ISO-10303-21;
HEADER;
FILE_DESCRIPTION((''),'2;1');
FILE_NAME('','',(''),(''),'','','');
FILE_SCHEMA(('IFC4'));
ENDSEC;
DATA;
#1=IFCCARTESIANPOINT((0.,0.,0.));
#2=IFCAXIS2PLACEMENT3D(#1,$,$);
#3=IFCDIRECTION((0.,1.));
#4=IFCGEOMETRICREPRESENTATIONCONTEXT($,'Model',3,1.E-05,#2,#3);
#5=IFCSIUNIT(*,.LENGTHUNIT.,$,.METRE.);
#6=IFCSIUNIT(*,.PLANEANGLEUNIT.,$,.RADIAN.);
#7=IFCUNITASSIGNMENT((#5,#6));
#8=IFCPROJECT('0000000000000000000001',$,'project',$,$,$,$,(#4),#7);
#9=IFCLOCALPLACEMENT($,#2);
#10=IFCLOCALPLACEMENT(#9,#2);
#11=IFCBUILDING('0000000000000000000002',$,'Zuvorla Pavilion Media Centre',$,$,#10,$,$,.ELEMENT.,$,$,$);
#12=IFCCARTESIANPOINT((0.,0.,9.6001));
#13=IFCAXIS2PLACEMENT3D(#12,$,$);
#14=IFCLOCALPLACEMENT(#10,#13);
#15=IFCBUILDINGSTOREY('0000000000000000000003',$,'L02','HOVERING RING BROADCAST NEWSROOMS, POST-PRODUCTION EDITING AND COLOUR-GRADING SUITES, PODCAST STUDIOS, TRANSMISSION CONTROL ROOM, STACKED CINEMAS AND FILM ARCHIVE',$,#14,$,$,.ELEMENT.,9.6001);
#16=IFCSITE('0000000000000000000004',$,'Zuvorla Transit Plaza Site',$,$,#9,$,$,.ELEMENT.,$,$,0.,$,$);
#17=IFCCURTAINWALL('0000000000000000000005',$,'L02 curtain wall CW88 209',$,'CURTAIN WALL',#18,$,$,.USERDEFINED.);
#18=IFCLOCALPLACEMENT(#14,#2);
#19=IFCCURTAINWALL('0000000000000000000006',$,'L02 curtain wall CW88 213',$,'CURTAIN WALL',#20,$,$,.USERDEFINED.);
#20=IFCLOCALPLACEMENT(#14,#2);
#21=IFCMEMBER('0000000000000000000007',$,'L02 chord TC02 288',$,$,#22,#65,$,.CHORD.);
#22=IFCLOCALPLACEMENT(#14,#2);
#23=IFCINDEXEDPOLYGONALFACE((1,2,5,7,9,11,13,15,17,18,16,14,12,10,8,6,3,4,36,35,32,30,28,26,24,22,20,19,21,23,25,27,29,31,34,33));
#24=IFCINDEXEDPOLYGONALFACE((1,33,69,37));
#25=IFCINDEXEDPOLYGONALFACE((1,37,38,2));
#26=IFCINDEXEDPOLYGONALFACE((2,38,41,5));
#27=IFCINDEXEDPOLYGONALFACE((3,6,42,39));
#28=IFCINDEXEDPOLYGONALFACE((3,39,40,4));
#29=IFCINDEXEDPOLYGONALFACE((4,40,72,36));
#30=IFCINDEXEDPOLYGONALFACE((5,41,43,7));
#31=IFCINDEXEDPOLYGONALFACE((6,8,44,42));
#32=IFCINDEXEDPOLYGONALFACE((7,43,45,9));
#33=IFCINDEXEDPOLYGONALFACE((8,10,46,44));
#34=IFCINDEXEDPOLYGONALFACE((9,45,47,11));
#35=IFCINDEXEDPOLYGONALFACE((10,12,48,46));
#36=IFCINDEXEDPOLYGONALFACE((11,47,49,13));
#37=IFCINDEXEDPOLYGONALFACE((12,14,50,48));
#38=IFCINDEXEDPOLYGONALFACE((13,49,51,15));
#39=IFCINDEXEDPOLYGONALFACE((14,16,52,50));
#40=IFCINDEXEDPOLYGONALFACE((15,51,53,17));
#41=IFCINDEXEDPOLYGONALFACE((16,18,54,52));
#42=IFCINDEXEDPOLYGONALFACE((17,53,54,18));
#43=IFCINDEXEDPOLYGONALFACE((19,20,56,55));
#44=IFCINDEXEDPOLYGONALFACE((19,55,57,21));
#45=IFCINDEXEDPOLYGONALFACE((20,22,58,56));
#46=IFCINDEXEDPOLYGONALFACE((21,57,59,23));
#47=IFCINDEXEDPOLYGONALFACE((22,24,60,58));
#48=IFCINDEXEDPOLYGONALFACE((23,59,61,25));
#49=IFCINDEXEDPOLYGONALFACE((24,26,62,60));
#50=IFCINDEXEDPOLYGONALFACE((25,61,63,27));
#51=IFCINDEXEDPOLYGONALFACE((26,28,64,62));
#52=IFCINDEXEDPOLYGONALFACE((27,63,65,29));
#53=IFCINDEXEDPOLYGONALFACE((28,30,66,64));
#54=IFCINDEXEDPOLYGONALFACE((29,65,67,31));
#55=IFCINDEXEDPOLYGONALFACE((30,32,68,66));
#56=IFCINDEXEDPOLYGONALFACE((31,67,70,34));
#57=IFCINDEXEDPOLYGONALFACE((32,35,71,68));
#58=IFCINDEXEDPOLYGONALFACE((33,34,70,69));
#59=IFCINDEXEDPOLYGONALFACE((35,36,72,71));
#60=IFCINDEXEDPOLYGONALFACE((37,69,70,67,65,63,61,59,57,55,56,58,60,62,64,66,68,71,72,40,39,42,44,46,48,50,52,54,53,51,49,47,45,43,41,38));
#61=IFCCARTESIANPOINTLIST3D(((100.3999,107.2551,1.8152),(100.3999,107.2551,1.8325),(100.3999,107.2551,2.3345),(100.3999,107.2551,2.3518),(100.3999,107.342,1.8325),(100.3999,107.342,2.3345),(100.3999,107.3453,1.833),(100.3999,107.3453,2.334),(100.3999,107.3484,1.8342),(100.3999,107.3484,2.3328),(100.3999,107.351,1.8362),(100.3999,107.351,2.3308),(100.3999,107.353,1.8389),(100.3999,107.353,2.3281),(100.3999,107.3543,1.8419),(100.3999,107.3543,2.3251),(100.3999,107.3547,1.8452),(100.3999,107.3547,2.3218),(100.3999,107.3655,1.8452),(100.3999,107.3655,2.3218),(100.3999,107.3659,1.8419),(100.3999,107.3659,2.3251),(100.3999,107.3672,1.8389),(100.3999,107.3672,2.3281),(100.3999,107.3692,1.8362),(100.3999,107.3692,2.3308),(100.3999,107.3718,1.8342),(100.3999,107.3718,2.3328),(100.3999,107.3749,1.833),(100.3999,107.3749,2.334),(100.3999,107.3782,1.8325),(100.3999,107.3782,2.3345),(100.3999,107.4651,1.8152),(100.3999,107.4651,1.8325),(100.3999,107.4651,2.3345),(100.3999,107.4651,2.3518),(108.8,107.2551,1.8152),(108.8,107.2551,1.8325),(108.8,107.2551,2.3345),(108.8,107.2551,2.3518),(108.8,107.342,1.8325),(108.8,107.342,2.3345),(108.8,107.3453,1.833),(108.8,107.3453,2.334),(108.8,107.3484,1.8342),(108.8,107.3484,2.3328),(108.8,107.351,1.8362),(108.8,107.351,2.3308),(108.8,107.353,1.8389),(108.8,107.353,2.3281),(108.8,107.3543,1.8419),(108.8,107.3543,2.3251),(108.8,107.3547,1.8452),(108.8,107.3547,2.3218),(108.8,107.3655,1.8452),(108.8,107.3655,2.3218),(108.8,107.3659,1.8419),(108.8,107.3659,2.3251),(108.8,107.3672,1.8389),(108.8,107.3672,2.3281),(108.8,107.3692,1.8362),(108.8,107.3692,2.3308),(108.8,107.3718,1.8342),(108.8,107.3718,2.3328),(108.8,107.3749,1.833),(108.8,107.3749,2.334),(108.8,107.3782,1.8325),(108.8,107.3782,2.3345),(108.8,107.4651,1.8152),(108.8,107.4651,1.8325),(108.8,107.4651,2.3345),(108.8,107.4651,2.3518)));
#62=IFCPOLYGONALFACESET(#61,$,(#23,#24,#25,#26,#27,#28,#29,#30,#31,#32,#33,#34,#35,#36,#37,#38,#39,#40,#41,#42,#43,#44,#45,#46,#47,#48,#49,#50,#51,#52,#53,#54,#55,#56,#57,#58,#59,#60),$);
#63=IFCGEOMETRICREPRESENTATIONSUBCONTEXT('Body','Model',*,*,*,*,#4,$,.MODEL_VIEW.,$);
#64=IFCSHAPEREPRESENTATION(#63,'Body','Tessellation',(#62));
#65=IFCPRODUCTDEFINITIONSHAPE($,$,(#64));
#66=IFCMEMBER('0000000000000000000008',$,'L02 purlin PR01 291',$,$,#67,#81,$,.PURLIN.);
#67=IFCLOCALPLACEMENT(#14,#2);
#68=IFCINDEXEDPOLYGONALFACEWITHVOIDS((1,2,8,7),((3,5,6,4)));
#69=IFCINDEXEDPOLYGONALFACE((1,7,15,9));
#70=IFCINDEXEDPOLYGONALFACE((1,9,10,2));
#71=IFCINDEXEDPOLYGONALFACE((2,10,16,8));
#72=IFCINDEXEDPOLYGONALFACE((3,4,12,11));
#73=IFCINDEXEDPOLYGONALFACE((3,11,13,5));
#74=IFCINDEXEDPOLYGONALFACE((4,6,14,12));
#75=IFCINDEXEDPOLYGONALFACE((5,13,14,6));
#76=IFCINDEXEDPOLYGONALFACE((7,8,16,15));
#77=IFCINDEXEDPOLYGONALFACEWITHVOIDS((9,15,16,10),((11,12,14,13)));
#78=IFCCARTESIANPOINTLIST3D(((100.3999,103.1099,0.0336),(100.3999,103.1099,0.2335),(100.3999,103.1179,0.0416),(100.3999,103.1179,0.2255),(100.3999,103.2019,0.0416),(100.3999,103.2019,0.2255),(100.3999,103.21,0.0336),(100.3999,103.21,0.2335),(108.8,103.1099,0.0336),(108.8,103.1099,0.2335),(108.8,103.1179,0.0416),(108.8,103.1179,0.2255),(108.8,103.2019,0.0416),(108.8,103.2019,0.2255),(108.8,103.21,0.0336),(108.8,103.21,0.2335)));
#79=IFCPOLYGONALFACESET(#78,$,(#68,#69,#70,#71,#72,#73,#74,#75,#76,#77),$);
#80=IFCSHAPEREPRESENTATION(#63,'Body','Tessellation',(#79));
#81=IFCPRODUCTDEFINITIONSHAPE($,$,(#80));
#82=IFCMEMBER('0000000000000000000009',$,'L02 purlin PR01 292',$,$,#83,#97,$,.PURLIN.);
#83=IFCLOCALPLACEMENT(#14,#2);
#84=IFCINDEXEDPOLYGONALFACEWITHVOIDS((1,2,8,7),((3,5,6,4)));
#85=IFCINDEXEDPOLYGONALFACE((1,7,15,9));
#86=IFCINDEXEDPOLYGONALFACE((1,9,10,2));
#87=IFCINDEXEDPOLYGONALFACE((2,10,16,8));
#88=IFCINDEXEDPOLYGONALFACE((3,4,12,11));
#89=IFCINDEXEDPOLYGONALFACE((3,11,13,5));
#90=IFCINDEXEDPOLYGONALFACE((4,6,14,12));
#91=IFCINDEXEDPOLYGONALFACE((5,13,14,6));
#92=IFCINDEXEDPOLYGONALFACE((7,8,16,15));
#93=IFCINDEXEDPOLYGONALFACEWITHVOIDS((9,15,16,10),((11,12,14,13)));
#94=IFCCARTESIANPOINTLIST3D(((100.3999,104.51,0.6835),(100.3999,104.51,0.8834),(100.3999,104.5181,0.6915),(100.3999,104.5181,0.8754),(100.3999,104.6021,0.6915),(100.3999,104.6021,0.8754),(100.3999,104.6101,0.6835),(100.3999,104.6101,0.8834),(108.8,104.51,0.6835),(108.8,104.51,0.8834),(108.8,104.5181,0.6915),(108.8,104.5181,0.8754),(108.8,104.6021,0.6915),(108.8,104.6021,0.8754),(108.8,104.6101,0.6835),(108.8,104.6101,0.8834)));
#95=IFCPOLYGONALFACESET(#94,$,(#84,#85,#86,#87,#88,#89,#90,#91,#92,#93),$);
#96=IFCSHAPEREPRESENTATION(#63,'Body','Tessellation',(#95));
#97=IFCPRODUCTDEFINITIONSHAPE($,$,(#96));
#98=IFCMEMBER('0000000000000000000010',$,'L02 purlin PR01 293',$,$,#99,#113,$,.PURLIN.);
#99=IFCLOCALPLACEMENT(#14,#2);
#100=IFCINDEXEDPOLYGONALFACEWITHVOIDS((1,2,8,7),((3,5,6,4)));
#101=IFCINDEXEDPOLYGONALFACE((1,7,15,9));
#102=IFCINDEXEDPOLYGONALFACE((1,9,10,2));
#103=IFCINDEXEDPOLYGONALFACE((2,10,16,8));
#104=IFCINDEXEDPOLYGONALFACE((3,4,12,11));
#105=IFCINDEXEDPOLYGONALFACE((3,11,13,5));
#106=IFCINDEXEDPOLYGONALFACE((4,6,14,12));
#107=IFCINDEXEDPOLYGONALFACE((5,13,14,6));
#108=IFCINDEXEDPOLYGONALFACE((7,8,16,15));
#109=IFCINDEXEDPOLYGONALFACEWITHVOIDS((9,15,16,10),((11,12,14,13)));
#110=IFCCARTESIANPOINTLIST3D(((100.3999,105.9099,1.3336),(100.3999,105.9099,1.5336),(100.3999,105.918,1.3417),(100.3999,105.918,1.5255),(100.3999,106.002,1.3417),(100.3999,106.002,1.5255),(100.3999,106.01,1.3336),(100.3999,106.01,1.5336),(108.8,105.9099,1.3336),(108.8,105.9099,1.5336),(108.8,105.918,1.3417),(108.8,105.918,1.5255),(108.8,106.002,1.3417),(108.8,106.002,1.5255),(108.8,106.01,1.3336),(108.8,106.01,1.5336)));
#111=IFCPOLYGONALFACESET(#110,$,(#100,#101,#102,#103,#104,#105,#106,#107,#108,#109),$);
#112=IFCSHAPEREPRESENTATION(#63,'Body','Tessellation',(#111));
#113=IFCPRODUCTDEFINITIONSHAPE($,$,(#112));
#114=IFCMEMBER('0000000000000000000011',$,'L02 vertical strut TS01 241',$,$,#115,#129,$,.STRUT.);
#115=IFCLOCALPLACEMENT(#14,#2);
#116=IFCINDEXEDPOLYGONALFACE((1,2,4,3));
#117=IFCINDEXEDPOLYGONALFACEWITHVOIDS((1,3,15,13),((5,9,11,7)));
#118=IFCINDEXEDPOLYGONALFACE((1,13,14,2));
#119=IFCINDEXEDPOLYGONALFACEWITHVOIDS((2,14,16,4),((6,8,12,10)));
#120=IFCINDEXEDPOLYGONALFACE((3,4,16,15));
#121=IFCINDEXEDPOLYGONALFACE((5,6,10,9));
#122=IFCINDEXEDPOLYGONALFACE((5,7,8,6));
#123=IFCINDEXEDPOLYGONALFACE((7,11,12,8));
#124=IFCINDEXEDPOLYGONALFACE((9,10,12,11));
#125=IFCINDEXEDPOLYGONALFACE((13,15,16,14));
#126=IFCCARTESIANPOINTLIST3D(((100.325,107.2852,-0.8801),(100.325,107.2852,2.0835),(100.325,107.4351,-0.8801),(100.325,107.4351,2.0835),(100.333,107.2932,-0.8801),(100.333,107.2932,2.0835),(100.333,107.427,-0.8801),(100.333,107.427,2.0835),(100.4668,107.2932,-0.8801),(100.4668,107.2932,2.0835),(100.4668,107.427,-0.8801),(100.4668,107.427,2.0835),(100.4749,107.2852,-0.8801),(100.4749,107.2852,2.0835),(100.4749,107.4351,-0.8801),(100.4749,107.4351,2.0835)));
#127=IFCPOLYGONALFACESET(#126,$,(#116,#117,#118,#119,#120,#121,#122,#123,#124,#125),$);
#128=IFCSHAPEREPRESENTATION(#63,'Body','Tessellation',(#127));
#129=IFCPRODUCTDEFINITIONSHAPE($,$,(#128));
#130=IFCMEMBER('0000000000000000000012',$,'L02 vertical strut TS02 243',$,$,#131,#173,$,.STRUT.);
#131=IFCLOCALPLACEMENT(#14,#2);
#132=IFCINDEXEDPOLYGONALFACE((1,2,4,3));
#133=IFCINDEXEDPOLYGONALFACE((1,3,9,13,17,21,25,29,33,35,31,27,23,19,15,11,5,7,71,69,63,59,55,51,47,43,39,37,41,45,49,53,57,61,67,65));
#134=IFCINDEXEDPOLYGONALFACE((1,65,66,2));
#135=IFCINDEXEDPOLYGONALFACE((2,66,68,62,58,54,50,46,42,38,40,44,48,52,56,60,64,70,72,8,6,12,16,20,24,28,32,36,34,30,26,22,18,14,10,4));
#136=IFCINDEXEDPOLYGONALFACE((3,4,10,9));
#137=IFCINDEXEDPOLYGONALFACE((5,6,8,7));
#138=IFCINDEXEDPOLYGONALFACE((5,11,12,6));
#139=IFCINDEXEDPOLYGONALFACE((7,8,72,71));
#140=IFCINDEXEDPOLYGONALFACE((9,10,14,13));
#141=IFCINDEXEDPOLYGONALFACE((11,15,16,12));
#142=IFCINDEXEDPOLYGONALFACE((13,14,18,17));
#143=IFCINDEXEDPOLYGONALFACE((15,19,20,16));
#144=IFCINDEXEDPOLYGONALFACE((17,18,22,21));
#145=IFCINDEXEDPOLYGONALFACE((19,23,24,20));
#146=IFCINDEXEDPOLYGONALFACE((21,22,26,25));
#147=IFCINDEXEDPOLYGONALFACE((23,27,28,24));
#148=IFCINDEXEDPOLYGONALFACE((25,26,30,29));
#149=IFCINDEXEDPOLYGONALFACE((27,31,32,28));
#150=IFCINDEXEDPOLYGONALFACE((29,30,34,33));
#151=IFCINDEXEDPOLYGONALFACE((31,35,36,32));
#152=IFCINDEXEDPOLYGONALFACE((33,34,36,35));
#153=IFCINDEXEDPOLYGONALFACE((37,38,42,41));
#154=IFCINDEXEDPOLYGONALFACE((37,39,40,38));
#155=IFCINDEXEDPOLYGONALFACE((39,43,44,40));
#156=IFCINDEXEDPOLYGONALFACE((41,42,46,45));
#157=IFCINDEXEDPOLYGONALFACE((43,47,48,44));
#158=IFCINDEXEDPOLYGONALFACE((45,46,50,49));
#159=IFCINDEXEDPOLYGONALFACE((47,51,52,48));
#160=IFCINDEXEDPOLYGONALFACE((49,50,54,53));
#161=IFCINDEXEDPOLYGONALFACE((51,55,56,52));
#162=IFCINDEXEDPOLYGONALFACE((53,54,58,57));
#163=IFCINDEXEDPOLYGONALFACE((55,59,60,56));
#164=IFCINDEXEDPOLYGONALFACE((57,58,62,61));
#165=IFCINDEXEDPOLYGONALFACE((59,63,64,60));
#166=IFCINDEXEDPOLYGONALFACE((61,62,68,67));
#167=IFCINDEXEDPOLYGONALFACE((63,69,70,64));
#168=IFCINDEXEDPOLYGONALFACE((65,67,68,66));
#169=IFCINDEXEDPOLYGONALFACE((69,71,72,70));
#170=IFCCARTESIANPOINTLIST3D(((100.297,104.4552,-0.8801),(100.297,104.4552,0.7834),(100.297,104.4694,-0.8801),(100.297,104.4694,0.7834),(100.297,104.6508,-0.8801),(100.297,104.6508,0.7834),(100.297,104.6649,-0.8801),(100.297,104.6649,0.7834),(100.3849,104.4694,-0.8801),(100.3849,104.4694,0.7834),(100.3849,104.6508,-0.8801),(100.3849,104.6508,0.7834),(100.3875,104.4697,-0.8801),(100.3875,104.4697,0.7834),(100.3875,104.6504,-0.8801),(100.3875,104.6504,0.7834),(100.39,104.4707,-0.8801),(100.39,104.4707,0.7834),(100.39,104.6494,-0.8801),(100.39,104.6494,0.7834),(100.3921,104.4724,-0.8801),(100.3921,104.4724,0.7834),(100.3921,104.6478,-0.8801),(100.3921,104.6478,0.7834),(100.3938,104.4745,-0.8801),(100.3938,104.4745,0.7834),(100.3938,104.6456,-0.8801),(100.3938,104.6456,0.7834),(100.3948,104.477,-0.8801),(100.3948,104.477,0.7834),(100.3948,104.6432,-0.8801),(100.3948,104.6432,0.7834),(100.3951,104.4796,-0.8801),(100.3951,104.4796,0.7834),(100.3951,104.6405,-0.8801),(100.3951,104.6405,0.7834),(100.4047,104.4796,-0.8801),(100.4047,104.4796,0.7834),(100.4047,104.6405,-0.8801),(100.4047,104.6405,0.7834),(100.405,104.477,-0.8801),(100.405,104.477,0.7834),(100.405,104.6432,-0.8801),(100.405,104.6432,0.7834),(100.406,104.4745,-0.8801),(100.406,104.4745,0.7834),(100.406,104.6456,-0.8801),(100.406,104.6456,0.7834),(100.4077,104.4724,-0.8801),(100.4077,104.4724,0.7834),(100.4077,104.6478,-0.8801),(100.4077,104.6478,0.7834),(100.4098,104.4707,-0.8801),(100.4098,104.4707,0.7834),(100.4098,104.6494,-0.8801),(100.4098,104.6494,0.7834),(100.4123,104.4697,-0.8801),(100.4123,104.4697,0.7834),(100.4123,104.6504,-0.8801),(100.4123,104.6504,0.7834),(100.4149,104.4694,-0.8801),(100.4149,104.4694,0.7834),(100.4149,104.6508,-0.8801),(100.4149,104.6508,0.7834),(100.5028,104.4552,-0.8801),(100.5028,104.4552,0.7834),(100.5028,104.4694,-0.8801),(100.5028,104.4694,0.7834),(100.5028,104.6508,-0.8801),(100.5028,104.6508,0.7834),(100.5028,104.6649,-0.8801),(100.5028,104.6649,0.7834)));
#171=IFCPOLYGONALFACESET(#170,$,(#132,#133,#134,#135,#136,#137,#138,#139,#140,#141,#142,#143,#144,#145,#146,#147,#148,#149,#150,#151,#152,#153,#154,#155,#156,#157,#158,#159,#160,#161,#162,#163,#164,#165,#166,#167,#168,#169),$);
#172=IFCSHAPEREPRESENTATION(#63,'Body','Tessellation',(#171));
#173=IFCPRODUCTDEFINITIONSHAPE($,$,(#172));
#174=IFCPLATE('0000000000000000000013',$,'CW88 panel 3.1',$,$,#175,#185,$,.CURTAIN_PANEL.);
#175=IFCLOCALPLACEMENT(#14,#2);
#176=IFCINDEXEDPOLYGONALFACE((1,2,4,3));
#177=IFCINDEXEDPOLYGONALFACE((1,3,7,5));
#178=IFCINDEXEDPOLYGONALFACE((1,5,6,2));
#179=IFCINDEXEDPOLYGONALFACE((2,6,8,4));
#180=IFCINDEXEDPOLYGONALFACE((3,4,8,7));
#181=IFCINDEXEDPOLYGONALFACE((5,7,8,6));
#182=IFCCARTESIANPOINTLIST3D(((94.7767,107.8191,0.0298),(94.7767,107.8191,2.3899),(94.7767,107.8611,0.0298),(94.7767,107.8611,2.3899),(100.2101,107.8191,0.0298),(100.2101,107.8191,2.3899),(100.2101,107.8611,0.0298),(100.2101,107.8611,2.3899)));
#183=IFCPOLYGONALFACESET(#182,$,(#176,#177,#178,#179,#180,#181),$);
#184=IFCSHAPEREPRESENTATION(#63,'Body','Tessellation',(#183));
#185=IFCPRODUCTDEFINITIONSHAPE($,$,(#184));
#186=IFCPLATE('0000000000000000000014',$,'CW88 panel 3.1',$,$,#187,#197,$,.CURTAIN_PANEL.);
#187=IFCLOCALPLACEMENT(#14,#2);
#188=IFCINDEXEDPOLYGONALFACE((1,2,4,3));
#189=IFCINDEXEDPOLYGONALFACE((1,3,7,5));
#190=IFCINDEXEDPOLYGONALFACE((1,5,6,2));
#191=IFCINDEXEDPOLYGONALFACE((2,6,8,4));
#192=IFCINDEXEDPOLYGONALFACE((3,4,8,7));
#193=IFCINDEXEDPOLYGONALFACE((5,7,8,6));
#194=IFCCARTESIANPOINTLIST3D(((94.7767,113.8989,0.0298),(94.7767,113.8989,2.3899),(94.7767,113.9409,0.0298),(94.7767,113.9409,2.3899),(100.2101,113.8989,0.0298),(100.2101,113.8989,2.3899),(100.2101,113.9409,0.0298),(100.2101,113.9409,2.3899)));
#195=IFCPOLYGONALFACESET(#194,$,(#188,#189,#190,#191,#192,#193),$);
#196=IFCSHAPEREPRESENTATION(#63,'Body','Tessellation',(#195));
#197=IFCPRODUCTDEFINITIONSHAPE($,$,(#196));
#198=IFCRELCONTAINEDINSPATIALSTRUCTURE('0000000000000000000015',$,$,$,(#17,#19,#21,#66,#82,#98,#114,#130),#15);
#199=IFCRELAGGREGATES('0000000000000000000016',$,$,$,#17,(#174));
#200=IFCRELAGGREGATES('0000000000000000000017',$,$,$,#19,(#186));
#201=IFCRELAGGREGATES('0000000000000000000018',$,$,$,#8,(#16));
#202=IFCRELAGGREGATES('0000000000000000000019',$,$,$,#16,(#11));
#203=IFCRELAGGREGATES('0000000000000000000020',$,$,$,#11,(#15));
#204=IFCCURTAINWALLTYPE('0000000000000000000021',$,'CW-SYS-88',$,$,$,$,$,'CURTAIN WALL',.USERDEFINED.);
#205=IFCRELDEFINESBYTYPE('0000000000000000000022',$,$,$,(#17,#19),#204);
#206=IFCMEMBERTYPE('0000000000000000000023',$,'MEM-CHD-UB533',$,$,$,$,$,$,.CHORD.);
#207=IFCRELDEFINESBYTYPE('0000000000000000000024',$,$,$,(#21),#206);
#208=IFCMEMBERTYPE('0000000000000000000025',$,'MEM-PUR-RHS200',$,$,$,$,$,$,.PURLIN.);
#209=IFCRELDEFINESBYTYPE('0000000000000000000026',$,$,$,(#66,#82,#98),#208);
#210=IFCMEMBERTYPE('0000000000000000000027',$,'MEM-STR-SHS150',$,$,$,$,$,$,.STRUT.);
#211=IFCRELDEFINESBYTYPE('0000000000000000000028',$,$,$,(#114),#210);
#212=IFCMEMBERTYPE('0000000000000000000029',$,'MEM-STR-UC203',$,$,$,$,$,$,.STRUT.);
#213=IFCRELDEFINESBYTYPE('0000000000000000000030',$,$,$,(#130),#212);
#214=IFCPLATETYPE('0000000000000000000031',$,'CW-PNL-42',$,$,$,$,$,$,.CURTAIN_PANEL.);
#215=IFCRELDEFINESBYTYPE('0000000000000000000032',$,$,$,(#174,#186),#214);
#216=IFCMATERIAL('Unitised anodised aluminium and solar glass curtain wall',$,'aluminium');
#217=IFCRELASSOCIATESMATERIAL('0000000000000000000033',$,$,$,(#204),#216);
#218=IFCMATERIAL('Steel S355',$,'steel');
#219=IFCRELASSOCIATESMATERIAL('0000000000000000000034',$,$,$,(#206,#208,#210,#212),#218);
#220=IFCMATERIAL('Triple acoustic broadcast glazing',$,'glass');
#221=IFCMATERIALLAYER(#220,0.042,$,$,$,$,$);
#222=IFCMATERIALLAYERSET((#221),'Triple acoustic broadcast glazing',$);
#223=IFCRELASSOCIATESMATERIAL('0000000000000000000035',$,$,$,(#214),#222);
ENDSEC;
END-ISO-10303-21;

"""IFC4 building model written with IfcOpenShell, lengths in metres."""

from ifc_helpers import new_model, si_unit, direction, frame, origin, origin_2d, place, context, subcontext, project, spatial, rectangle, hollow_rectangle, i_section, extrude, material, layer, layer_set, material_profile, profile_set, type_object, element, aggregate, save


model = new_model("IFC4")

# Units and contexts
model_context = context("Model", 3, precision=1e-05, world=origin(), true_north=direction((0.0, 1.0)))
body_context = subcontext(model_context, "Body", "Model", "MODEL_VIEW")
ifc_project = project(units=[si_unit("LENGTHUNIT", "METRE"), si_unit("PLANEANGLEUNIT", "RADIAN")], contexts=[model_context])

# Site, building, storey
site_placement = place(None, origin())
site = spatial("IfcSite", under=ifc_project, at=site_placement, Name="Zuvorla Transit Plaza Site", CompositionType="ELEMENT", RefElevation=0.0)
building_placement = place(site_placement, origin())
building = spatial("IfcBuilding", under=site, at=building_placement, Name="Zuvorla Pavilion Media Centre", CompositionType="ELEMENT")
storey_placement = place(building_placement, frame((0.0, 0.0, 9.6001)))
storey = spatial("IfcBuildingStorey", under=building, at=storey_placement, Name="L02", Description="HOVERING RING BROADCAST NEWSROOMS, POST-PRODUCTION EDITING AND COLOUR-GRADING SUITES, PODCAST STUDIOS, TRANSMISSION CONTROL ROOM, STACKED CINEMAS AND FILM ARCHIVE", CompositionType="ELEMENT", Elevation=9.6001)

# Shared definitions
ifc_material_1 = material(Name="Steel S355", Category="steel")

# Curtain walls
ifc_material_2 = material(Name="Unitised anodised aluminium and solar glass curtain wall", Category="aluminium")
curtain_wall_type = type_object("IfcCurtainWallType", Name="CW-SYS-88", ElementType="CURTAIN WALL", PredefinedType="USERDEFINED", material=ifc_material_2)
curtain_wall_1_placement = place(storey_placement, origin())
curtain_wall_1 = element("IfcCurtainWall", 1, at=curtain_wall_1_placement, inside=storey, type_object=curtain_wall_type, Name="L02 curtain wall CW88 209", ObjectType="CURTAIN WALL", PredefinedType="USERDEFINED")
curtain_wall_2_placement = place(storey_placement, origin())
curtain_wall_2 = element("IfcCurtainWall", 2, at=curtain_wall_2_placement, inside=storey, type_object=curtain_wall_type, Name="L02 curtain wall CW88 213", ObjectType="CURTAIN WALL", PredefinedType="USERDEFINED")

# Members
ifc_material_profile_1 = material_profile(ifc_material_1, i_section(OverallWidth=0.21, OverallDepth=0.5366, WebThickness=0.0107, FlangeThickness=0.0173, FilletRadius=0.0127, at=origin_2d()), Name="UB 533x210x101")
ifc_profile_set_1 = profile_set([ifc_material_profile_1], Name="Steel S355")
member_type_1 = type_object("IfcMemberType", Name="MEM-CHD-UB533", PredefinedType="CHORD", material=ifc_profile_set_1)
member_1_placement = place(storey_placement, frame((100.3999, 107.3601, 2.0835), z_axis=(1.0, 0.0, 0.0), x_axis=(0.0, 1.0, 0.0)))
element("IfcMember", 3, at=member_1_placement, inside=storey, type_object=member_type_1, Name="L02 chord TC02 288", PredefinedType="CHORD", context=body_context, shape_type="SweptSolid", body=[
    extrude(i_section(OverallWidth=0.21, OverallDepth=0.5366, WebThickness=0.0107, FlangeThickness=0.0173, FilletRadius=0.0127, at=origin_2d()), origin(), (0.0, 0.0, 1.0), 8.4001),
])
ifc_material_profile_2 = material_profile(ifc_material_1, hollow_rectangle(XDim=0.1001, YDim=0.2, WallThickness=0.0081, at=origin_2d()), Name="RHS 200x100x8")
ifc_profile_set_2 = profile_set([ifc_material_profile_2], Name="Steel S355")
member_type_2 = type_object("IfcMemberType", Name="MEM-PUR-RHS200", PredefinedType="PURLIN", material=ifc_profile_set_2)
for number, where, z_axis, x_axis, name in (
    (4, (100.3999, 103.1599, 0.1335), (1.0, 0.0, 0.0), (0.0, 1.0, 0.0), "L02 purlin PR01 291"),
    (5, (100.3999, 104.5601, 0.7834), (1.0, 0.0, 0.0), (0.0, 1.0, 0.0), "L02 purlin PR01 292"),
    (6, (100.3999, 105.96, 1.4336), (1.0, 0.0, 0.0), (0.0, 1.0, 0.0), "L02 purlin PR01 293"),
):
    element("IfcMember", number, at=place(storey_placement, frame(where, z_axis=z_axis, x_axis=x_axis)), inside=storey, type_object=member_type_2, Name=name, PredefinedType="PURLIN", context=body_context, shape_type="SweptSolid", body=[
        extrude(hollow_rectangle(XDim=0.1001, YDim=0.2, WallThickness=0.0081, at=origin_2d()), origin(), (0.0, 0.0, 1.0), 8.4001),
    ])
ifc_material_profile_3 = material_profile(ifc_material_1, hollow_rectangle(XDim=0.1499, YDim=0.1499, WallThickness=0.0081, at=origin_2d()), Name="SHS 150x150x8")
ifc_profile_set_3 = profile_set([ifc_material_profile_3], Name="Steel S355")
member_type_3 = type_object("IfcMemberType", Name="MEM-STR-SHS150", PredefinedType="STRUT", material=ifc_profile_set_3)
member_2_placement = place(storey_placement, frame((100.3999, 107.3601, -0.8801), z_axis=(0.0, 0.0, 1.0), x_axis=(1.0, 0.0, 0.0)))
element("IfcMember", 7, at=member_2_placement, inside=storey, type_object=member_type_3, Name="L02 vertical strut TS01 241", PredefinedType="STRUT", context=body_context, shape_type="SweptSolid", body=[
    extrude(hollow_rectangle(XDim=0.1499, YDim=0.1499, WallThickness=0.0081, at=origin_2d()), origin(), (0.0, 0.0, 1.0), 2.9636),
])
ifc_material_profile_4 = material_profile(ifc_material_1, i_section(OverallWidth=0.2058, OverallDepth=0.2097, WebThickness=0.0095, FlangeThickness=0.0142, FilletRadius=0.0103, at=origin_2d()), Name="UC 203x203x60")
ifc_profile_set_4 = profile_set([ifc_material_profile_4], Name="Steel S355")
member_type_4 = type_object("IfcMemberType", Name="MEM-STR-UC203", PredefinedType="STRUT", material=ifc_profile_set_4)
member_3_placement = place(storey_placement, frame((100.3999, 104.5601, -0.8801), z_axis=(0.0, 0.0, 1.0), x_axis=(1.0, 0.0, 0.0)))
element("IfcMember", 8, at=member_3_placement, inside=storey, type_object=member_type_4, Name="L02 vertical strut TS02 243", PredefinedType="STRUT", context=body_context, shape_type="SweptSolid", body=[
    extrude(i_section(OverallWidth=0.2058, OverallDepth=0.2097, WebThickness=0.0095, FlangeThickness=0.0142, FilletRadius=0.0103, at=origin_2d()), origin(), (0.0, 0.0, 1.0), 1.6636),
])

# Plates
ifc_material_3 = material(Name="Triple acoustic broadcast glazing", Category="glass")
ifc_layer_1 = layer(ifc_material_3, 0.042)
ifc_layer_set_1 = layer_set([ifc_layer_1], Name="Triple acoustic broadcast glazing")
plate_type_1 = type_object("IfcPlateType", Name="CW-PNL-42", PredefinedType="CURTAIN_PANEL", material=ifc_layer_set_1)
plate_1_placement = place(storey_placement, frame((97.4934, 107.8401, 0.0298), z_axis=(0.0, 0.0, 1.0), x_axis=(1.0, 0.0, 0.0)))
plate_1 = element("IfcPlate", 9, at=plate_1_placement, type_object=plate_type_1, Name="CW88 panel 3.1", PredefinedType="CURTAIN_PANEL", context=body_context, shape_type="SweptSolid", body=[
    extrude(rectangle(XDim=5.4333, YDim=0.042, at=origin_2d()), origin(), (0.0, 0.0, 1.0), 2.3601),
])
aggregate(curtain_wall_1, [plate_1])
plate_2_placement = place(storey_placement, frame((97.4934, 113.9199, 0.0298), z_axis=(0.0, 0.0, 1.0), x_axis=(1.0, 0.0, 0.0)))
plate_2 = element("IfcPlate", 10, at=plate_2_placement, type_object=plate_type_1, Name="CW88 panel 3.1", PredefinedType="CURTAIN_PANEL", context=body_context, shape_type="SweptSolid", body=[
    extrude(rectangle(XDim=5.4333, YDim=0.042, at=origin_2d()), origin(), (0.0, 0.0, 1.0), 2.3601),
])
aggregate(curtain_wall_2, [plate_2])

save(model, "model.ifc")
